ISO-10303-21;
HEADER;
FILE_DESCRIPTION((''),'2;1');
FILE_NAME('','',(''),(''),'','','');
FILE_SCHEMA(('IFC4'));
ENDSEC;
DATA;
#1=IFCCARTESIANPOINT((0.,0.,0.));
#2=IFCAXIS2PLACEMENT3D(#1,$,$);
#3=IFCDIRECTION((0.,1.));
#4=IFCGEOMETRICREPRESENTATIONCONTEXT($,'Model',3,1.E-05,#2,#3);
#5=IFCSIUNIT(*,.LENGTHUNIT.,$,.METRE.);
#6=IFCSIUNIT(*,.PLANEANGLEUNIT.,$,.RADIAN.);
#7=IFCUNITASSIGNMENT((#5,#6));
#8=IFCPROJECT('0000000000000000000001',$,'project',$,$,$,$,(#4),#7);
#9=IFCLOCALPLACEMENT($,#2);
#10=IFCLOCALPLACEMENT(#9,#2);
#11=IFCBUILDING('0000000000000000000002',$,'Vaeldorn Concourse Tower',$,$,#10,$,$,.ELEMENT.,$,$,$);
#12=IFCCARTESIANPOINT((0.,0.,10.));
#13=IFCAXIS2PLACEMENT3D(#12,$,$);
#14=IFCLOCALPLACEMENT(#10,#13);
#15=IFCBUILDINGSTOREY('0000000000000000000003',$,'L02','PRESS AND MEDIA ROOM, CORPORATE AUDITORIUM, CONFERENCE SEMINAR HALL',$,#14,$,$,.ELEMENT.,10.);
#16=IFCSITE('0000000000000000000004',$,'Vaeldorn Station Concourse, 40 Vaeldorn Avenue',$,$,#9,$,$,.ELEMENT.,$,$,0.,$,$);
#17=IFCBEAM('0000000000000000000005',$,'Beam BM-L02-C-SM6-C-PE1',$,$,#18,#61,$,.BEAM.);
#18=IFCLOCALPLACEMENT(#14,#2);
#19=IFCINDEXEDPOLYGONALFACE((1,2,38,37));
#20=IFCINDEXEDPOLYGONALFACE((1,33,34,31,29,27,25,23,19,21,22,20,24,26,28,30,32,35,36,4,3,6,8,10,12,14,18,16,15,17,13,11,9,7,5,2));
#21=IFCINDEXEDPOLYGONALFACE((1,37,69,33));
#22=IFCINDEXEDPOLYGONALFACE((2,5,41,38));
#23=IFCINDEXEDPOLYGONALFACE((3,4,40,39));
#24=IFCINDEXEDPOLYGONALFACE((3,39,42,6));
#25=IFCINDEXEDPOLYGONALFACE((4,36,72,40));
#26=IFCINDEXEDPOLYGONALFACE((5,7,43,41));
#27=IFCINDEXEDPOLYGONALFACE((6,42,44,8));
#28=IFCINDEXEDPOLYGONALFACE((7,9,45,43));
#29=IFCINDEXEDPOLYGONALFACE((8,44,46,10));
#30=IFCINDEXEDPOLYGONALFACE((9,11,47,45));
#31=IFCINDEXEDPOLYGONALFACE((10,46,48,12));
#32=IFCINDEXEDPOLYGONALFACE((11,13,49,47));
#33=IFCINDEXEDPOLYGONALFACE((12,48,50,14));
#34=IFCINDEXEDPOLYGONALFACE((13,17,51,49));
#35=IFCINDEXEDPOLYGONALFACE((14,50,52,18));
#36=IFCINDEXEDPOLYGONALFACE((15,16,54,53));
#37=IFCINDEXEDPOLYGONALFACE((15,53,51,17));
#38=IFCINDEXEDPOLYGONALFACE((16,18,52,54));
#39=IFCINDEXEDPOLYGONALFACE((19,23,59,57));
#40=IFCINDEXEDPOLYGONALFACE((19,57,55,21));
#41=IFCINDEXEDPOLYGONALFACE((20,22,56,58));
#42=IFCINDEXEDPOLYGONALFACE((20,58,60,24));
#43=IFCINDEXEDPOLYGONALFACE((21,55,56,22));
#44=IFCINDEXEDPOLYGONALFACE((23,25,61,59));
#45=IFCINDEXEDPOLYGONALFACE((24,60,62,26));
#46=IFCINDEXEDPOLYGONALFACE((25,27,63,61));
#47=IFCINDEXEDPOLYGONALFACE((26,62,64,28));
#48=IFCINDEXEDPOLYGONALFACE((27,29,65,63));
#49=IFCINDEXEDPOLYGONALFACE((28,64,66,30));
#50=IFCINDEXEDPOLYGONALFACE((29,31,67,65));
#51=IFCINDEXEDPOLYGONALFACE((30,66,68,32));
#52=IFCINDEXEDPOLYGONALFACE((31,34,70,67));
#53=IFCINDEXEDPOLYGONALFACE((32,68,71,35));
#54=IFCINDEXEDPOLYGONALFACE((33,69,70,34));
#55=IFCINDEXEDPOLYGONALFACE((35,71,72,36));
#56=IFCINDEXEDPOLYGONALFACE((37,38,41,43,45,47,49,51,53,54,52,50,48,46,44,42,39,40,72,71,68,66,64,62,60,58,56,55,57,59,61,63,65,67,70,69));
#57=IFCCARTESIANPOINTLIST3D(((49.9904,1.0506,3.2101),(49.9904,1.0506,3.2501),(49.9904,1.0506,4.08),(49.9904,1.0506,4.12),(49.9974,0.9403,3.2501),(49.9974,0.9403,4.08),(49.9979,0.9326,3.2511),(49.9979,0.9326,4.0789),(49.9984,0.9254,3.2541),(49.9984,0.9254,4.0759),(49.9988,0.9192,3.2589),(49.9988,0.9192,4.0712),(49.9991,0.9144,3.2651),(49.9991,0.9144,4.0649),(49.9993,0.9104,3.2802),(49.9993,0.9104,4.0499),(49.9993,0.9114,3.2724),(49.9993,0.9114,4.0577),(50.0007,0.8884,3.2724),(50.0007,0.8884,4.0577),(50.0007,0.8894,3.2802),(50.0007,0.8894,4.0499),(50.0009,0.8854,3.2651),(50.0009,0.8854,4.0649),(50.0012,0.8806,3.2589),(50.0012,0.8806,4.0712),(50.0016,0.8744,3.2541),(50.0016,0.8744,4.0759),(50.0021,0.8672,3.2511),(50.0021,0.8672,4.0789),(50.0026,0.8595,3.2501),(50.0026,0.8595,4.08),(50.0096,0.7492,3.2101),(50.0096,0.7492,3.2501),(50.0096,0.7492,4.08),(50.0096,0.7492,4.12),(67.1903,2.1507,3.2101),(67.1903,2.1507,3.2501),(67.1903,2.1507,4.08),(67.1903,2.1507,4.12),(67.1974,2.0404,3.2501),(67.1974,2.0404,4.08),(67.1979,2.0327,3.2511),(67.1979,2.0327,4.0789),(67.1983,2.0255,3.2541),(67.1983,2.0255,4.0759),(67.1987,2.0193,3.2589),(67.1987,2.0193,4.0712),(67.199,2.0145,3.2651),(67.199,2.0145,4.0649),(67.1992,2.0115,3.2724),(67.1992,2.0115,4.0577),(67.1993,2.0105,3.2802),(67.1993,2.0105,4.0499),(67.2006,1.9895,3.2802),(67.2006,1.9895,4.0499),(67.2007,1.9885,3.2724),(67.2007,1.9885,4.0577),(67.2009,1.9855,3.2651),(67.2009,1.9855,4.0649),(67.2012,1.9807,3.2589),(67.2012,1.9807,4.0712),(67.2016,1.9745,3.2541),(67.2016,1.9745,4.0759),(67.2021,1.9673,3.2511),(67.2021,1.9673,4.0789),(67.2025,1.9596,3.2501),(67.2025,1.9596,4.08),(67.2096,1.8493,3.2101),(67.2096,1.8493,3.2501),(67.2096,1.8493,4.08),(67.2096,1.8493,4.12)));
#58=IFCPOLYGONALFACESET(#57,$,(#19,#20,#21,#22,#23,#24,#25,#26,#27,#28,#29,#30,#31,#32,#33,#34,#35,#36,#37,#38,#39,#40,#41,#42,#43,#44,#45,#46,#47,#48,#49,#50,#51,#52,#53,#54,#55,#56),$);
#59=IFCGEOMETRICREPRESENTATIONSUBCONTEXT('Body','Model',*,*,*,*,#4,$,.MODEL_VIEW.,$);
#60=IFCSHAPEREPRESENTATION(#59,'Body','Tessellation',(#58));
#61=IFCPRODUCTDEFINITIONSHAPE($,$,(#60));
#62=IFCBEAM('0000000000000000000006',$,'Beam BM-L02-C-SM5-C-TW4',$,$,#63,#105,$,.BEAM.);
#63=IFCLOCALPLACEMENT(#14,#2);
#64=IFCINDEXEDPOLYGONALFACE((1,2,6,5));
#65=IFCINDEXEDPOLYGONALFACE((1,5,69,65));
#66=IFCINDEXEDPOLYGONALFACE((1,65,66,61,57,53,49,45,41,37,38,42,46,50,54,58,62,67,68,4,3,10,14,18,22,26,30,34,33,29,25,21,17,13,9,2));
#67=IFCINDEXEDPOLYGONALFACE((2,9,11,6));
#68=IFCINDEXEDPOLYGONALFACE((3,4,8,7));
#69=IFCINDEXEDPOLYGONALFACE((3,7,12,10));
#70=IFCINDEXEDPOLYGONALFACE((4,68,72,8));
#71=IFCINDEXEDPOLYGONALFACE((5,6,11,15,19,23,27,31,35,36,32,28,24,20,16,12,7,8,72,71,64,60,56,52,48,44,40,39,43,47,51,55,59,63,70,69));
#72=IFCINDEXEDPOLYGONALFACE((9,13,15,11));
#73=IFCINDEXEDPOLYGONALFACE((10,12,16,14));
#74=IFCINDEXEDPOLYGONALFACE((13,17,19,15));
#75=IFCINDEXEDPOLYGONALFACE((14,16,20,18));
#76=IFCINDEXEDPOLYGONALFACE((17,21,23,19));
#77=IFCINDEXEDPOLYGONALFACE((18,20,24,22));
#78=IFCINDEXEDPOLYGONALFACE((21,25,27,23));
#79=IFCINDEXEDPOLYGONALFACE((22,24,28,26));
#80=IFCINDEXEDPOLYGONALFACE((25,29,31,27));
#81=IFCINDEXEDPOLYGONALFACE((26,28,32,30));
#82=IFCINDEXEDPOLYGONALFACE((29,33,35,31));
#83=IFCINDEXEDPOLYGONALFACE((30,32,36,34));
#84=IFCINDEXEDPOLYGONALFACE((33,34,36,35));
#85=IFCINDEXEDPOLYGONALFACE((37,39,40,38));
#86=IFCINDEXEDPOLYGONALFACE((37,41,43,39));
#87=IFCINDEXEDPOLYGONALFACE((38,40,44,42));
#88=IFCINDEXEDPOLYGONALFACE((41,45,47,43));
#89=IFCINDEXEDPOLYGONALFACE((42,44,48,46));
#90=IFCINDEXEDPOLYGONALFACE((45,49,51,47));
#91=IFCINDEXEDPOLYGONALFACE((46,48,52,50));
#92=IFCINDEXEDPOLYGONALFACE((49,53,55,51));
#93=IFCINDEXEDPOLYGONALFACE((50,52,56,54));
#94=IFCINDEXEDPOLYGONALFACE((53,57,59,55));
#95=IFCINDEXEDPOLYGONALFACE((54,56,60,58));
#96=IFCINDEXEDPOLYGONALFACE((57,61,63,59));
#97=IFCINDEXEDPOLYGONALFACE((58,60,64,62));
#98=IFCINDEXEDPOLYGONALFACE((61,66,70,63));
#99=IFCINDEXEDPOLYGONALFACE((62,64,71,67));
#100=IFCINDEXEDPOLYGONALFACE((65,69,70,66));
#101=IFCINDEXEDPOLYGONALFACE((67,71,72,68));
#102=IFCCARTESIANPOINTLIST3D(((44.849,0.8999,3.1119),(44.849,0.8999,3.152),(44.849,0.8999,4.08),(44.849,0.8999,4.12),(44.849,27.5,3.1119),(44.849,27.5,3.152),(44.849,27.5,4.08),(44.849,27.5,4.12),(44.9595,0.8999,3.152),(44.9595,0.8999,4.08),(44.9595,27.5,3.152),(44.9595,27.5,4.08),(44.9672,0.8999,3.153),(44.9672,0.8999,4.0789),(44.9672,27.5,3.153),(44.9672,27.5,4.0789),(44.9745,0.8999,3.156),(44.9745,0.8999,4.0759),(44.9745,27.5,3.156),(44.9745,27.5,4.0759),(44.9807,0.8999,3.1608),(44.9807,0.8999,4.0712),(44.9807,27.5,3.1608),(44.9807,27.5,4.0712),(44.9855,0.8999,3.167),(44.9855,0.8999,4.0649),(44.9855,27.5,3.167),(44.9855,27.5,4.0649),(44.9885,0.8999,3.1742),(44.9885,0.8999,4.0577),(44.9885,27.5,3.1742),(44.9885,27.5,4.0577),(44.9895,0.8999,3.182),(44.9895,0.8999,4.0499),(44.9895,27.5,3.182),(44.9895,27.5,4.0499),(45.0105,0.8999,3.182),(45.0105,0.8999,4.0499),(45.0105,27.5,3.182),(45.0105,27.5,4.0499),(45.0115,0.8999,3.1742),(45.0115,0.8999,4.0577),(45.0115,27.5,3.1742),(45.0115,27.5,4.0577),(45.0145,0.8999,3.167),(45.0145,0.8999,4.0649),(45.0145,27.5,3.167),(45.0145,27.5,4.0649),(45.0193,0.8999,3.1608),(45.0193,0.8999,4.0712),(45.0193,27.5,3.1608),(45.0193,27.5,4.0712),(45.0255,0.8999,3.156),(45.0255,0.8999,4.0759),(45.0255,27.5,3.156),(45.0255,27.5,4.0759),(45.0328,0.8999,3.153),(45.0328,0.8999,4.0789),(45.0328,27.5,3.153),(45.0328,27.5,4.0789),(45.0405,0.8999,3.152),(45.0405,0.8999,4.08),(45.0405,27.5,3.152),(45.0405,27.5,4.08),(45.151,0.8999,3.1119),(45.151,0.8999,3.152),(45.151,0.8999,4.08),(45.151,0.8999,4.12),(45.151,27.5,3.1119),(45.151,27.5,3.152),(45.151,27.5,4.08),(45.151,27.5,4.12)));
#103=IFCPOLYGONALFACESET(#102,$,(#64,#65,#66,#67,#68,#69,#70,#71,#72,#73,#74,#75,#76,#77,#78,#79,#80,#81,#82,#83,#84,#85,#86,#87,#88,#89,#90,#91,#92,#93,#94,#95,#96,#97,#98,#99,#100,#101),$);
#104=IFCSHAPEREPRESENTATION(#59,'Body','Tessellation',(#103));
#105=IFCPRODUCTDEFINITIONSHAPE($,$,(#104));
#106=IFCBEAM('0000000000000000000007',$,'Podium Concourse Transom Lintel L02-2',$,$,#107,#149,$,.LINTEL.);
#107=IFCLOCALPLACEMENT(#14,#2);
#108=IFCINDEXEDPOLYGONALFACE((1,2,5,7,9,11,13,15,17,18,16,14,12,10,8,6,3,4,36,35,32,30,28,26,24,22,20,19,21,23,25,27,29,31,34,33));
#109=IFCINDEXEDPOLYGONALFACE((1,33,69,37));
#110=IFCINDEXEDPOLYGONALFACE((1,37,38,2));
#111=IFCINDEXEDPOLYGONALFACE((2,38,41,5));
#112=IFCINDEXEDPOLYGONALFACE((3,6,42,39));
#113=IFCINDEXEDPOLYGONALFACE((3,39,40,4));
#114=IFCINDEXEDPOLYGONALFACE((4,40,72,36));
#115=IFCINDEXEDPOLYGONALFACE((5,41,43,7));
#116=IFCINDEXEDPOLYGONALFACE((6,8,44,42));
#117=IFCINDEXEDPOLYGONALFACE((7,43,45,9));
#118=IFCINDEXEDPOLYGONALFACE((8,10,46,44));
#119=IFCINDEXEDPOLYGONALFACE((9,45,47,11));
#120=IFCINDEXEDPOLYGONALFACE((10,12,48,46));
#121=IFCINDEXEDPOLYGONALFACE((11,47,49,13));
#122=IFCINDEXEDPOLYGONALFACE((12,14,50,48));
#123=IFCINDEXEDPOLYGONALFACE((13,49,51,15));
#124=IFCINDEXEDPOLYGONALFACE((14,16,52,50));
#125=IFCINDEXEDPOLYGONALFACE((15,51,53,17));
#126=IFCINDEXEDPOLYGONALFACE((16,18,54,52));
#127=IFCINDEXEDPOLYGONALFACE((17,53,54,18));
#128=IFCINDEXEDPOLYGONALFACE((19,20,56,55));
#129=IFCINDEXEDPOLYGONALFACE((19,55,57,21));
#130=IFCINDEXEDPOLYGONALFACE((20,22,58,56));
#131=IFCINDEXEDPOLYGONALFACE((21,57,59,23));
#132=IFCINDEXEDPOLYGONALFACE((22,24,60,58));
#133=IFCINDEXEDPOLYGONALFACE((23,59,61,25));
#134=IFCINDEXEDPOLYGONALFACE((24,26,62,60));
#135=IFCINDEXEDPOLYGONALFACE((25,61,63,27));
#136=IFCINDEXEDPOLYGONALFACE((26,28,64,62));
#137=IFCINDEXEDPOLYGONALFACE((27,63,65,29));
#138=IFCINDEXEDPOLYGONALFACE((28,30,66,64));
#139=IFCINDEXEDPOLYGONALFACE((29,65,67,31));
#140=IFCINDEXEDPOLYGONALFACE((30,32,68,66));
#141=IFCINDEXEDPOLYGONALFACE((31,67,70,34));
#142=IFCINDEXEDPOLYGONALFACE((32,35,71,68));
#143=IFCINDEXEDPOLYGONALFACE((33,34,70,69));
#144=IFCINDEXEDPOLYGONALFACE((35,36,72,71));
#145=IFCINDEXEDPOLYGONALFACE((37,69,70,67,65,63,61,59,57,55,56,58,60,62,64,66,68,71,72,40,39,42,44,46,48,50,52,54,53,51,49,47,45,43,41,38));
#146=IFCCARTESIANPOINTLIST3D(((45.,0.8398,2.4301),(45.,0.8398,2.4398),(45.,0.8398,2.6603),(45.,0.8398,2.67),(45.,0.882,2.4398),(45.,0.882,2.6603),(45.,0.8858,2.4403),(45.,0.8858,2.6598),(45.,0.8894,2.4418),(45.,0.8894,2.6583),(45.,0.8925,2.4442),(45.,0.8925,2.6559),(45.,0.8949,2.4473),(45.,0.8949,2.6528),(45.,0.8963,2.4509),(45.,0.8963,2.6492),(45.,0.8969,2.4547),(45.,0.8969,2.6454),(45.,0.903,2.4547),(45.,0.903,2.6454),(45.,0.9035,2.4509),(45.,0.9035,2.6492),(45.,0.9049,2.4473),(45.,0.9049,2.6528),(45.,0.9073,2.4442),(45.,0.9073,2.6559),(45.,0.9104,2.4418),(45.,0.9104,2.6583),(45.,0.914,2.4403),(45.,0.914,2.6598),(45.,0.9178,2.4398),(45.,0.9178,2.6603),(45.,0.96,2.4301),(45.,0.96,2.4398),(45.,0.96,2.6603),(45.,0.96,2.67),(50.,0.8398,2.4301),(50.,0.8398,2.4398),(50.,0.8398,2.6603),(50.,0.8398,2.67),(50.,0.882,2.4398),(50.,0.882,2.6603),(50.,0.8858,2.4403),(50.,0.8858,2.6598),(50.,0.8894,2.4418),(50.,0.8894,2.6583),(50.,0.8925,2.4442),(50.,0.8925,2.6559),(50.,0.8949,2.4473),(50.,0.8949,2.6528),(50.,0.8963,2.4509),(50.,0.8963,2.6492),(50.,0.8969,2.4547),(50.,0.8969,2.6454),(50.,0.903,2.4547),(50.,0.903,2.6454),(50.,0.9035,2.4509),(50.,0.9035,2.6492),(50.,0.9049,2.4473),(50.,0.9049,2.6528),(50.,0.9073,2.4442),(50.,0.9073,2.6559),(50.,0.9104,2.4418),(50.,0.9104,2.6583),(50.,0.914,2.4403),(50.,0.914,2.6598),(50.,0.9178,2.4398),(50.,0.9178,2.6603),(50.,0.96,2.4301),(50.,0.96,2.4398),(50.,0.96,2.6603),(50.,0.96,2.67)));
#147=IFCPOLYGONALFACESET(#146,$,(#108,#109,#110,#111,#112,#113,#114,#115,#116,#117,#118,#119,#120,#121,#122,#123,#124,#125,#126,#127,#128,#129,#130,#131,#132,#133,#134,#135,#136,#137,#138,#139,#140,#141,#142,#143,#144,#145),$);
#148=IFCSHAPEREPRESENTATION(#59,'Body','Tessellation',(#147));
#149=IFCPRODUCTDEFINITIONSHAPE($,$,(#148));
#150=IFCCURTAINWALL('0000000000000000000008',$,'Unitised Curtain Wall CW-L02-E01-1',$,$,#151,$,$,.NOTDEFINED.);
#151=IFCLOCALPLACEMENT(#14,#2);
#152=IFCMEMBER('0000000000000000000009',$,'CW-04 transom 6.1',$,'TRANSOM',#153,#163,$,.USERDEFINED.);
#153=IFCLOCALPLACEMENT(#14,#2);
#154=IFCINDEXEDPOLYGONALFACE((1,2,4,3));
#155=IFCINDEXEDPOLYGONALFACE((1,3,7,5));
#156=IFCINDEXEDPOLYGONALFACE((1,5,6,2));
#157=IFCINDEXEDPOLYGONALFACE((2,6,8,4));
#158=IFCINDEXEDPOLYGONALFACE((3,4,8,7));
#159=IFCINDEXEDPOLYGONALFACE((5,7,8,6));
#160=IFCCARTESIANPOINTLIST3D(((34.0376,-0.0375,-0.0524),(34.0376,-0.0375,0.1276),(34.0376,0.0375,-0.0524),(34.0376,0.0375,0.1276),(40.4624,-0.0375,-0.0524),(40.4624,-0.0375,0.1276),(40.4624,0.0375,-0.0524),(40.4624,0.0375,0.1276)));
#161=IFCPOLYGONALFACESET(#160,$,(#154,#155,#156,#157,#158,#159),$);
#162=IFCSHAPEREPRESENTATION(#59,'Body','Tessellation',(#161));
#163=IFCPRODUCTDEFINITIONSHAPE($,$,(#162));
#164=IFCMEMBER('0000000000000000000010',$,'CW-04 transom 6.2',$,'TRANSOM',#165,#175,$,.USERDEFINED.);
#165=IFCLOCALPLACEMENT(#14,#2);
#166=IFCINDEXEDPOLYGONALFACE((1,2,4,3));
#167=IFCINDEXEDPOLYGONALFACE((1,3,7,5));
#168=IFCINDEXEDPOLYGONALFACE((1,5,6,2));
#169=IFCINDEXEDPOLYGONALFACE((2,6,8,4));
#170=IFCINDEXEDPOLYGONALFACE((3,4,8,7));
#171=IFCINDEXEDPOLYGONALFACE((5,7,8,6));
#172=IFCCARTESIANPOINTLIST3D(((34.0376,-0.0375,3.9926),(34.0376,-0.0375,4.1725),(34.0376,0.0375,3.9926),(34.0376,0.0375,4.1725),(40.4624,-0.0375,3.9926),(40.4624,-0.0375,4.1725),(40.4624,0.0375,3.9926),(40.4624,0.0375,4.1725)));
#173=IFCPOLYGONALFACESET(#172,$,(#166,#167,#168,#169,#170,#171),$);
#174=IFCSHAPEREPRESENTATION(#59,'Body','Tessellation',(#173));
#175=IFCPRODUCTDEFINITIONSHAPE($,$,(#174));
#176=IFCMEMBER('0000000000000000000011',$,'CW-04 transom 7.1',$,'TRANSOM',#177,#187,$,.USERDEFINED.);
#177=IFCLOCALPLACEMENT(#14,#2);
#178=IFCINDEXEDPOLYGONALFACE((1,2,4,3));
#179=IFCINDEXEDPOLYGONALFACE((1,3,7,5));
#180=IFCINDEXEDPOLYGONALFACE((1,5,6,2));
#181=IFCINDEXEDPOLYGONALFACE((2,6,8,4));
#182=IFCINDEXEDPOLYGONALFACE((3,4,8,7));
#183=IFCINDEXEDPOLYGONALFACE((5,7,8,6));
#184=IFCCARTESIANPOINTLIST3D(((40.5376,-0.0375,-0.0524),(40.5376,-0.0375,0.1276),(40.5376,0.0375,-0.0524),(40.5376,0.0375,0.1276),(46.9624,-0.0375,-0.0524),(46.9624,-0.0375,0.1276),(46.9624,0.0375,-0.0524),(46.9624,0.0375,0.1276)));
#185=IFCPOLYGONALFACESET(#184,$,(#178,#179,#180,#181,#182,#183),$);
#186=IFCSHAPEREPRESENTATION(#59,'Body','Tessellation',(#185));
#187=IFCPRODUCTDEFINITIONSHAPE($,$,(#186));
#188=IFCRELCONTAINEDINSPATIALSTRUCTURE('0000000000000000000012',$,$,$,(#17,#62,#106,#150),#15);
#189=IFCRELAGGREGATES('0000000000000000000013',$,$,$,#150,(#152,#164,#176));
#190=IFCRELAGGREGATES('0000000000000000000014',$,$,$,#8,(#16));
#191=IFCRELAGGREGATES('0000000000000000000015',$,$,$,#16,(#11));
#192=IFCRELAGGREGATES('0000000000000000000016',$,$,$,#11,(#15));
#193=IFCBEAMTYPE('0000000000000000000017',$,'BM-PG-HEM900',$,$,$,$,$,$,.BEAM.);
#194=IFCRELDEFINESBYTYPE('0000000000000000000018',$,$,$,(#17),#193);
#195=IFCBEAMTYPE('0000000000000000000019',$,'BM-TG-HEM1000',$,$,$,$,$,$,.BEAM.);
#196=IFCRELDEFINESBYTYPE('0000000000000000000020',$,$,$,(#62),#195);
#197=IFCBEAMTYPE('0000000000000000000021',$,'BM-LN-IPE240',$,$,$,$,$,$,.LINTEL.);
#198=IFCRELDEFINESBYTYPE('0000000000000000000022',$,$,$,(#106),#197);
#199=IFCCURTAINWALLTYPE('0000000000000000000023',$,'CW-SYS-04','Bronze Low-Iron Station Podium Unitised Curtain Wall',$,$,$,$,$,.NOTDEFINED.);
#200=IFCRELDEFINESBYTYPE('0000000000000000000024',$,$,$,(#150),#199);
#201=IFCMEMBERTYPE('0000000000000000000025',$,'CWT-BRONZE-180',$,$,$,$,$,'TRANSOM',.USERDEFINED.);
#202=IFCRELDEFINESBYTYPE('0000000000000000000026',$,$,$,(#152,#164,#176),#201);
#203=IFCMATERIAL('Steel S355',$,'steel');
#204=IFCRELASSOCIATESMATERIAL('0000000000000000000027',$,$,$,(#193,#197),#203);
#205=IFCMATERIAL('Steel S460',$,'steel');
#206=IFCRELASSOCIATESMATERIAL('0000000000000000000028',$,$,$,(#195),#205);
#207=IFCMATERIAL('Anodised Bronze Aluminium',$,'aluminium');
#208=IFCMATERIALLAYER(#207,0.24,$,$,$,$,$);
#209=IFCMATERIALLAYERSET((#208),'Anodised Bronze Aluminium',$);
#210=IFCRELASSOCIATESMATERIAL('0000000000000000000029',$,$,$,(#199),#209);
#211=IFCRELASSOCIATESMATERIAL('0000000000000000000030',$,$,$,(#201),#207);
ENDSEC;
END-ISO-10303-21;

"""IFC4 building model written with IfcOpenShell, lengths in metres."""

from ifc_helpers import new_model, si_unit, direction, frame, origin, origin_2d, place, context, subcontext, project, spatial, rectangle, i_section, extrude, source, transform, mapped, material, layer, layer_set, material_profile, profile_set, type_object, element, aggregate, save


model = new_model("IFC4")

# Units and contexts
model_context = context("Model", 3, precision=1e-05, world=origin(), true_north=direction((0.0, 1.0)))
body_context = subcontext(model_context, "Body", "Model", "MODEL_VIEW")
ifc_project = project(units=[si_unit("LENGTHUNIT", "METRE"), si_unit("PLANEANGLEUNIT", "RADIAN")], contexts=[model_context])

# Site, building, storey
site_placement = place(None, origin())
site = spatial("IfcSite", under=ifc_project, at=site_placement, Name="Vaeldorn Station Concourse, 40 Vaeldorn Avenue", CompositionType="ELEMENT", RefElevation=0.0)
building_placement = place(site_placement, origin())
building = spatial("IfcBuilding", under=site, at=building_placement, Name="Vaeldorn Concourse Tower", CompositionType="ELEMENT")
storey_placement = place(building_placement, frame((0.0, 0.0, 10.0)))
storey = spatial("IfcBuildingStorey", under=building, at=storey_placement, Name="L02", Description="PRESS AND MEDIA ROOM, CORPORATE AUDITORIUM, CONFERENCE SEMINAR HALL", CompositionType="ELEMENT", Elevation=10.0)

# Shared definitions
ifc_material_1 = material(Name="Steel S460", Category="steel")

# Beams
ifc_material_2 = material(Name="Steel S355", Category="steel")
ifc_material_profile_1 = material_profile(ifc_material_2, i_section(OverallWidth=0.302, OverallDepth=0.9099, WebThickness=0.021, FlangeThickness=0.04, FilletRadius=0.03, at=origin_2d()), Name="HEM 900")
ifc_profile_set_1 = profile_set([ifc_material_profile_1], Name="Steel S355")
beam_type_1 = type_object("IfcBeamType", Name="BM-PG-HEM900", PredefinedType="BEAM", material=ifc_profile_set_1)
shared_shape_1 = source(origin(), body_context, "Body", "SweptSolid", [
    extrude(i_section(OverallWidth=0.302, OverallDepth=0.9099, WebThickness=0.021, FlangeThickness=0.04, FilletRadius=0.03, at=origin_2d()), origin(), (0.0, 0.0, 1.0), 17.2351),
])
beam_1_placement = place(storey_placement, frame((50.0, 0.8999, 3.665), z_axis=(0.997961, 0.063829, 0.0), x_axis=(-0.063829, 0.997961, 0.0)))
element("IfcBeam", 1, at=beam_1_placement, inside=storey, type_object=beam_type_1, Name="Beam BM-L02-C-SM6-C-PE1", PredefinedType="BEAM", context=body_context, shape_type="MappedRepresentation", body=[
    mapped(shared_shape_1, transform((0.0, 0.0, 0.0), scale=1.0)),
])
ifc_material_profile_2 = material_profile(ifc_material_1, i_section(OverallWidth=0.302, OverallDepth=1.0081, WebThickness=0.021, FlangeThickness=0.04, FilletRadius=0.03, at=origin_2d()), Name="HEM 1000")
ifc_profile_set_2 = profile_set([ifc_material_profile_2], Name="Steel S460")
beam_type_2 = type_object("IfcBeamType", Name="BM-TG-HEM1000", PredefinedType="BEAM", material=ifc_profile_set_2)
shared_shape_2 = source(origin(), body_context, "Body", "SweptSolid", [
    extrude(i_section(OverallWidth=0.302, OverallDepth=1.0081, WebThickness=0.021, FlangeThickness=0.04, FilletRadius=0.03, at=origin_2d()), origin(), (0.0, 0.0, 1.0), 26.6001),
])
beam_2_placement = place(storey_placement, frame((45.0, 0.8999, 3.616), z_axis=(0.0, 1.0, 0.0), x_axis=(-1.0, 0.0, 0.0)))
element("IfcBeam", 2, at=beam_2_placement, inside=storey, type_object=beam_type_2, Name="Beam BM-L02-C-SM5-C-TW4", PredefinedType="BEAM", context=body_context, shape_type="MappedRepresentation", body=[
    mapped(shared_shape_2, transform((0.0, 0.0, 0.0), scale=1.0)),
])
ifc_material_profile_3 = material_profile(ifc_material_2, i_section(OverallWidth=0.1201, OverallDepth=0.24, WebThickness=0.0061, FlangeThickness=0.0098, FilletRadius=0.0149, at=origin_2d()), Name="IPE 240")
ifc_profile_set_3 = profile_set([ifc_material_profile_3], Name="Steel S355")
beam_type_3 = type_object("IfcBeamType", Name="BM-LN-IPE240", PredefinedType="LINTEL", material=ifc_profile_set_3)
shared_shape_3 = source(origin(), body_context, "Body", "SweptSolid", [
    extrude(i_section(OverallWidth=0.1201, OverallDepth=0.24, WebThickness=0.0061, FlangeThickness=0.0098, FilletRadius=0.0149, at=origin_2d()), origin(), (0.0, 0.0, 1.0), 5.0),
])
beam_3_placement = place(storey_placement, frame((45.0, 0.8999, 2.55), z_axis=(1.0, 0.0, 0.0), x_axis=(0.0, 1.0, 0.0)))
element("IfcBeam", 3, at=beam_3_placement, inside=storey, type_object=beam_type_3, Name="Podium Concourse Transom Lintel L02-2", PredefinedType="LINTEL", context=body_context, shape_type="MappedRepresentation", body=[
    mapped(shared_shape_3, transform((0.0, 0.0, 0.0), scale=1.0)),
])

# Curtain wall, members
ifc_material_3 = material(Name="Anodised Bronze Aluminium", Category="aluminium")
ifc_layer_1 = layer(ifc_material_3, 0.24)
ifc_layer_set_1 = layer_set([ifc_layer_1], Name="Anodised Bronze Aluminium")
curtain_wall_type = type_object("IfcCurtainWallType", Name="CW-SYS-04", Description="Bronze Low-Iron Station Podium Unitised Curtain Wall", PredefinedType="NOTDEFINED", material=ifc_layer_set_1)
curtain_wall_placement = place(storey_placement, origin())
curtain_wall = element("IfcCurtainWall", 4, at=curtain_wall_placement, inside=storey, type_object=curtain_wall_type, Name="Unitised Curtain Wall CW-L02-E01-1", PredefinedType="NOTDEFINED")
ifc_material_profile_4 = material_profile(ifc_material_3, rectangle(XDim=0.075, YDim=0.1799, at=origin_2d()), Name="CWT 75x180")
ifc_profile_set_4 = profile_set([ifc_material_profile_4], Name="Anodised Bronze Aluminium")
member_type_1 = type_object("IfcMemberType", Name="CWT-BRONZE-180", ElementType="TRANSOM", PredefinedType="USERDEFINED", material=ifc_profile_set_4)
shared_shape_4 = source(origin(), body_context, "Body", "SweptSolid", [
    extrude(rectangle(XDim=0.075, YDim=0.1799, at=origin_2d()), origin(), (0.0, 0.0, 1.0), 6.4248),
])
member_1_placement = place(storey_placement, frame((34.0376, 0.0, 0.0376), z_axis=(1.0, 0.0, 0.0), x_axis=(0.0, 1.0, 0.0)))
member_1 = element("IfcMember", 5, at=member_1_placement, type_object=member_type_1, Name="CW-04 transom 6.1", ObjectType="TRANSOM", PredefinedType="USERDEFINED", context=body_context, shape_type="MappedRepresentation", body=[
    mapped(shared_shape_4, transform((0.0, 0.0, 0.0), scale=1.0)),
])
member_2_placement = place(storey_placement, frame((34.0376, 0.0, 4.0825), z_axis=(1.0, 0.0, 0.0), x_axis=(0.0, 1.0, 0.0)))
member_2 = element("IfcMember", 6, at=member_2_placement, type_object=member_type_1, Name="CW-04 transom 6.2", ObjectType="TRANSOM", PredefinedType="USERDEFINED", context=body_context, shape_type="MappedRepresentation", body=[
    mapped(shared_shape_4, transform((0.0, 0.0, 0.0), scale=1.0)),
])
member_3_placement = place(storey_placement, frame((40.5376, 0.0, 0.0376), z_axis=(1.0, 0.0, 0.0), x_axis=(0.0, 1.0, 0.0)))
member_3 = element("IfcMember", 7, at=member_3_placement, type_object=member_type_1, Name="CW-04 transom 7.1", ObjectType="TRANSOM", PredefinedType="USERDEFINED", context=body_context, shape_type="MappedRepresentation", body=[
    mapped(shared_shape_4, transform((0.0, 0.0, 0.0), scale=1.0)),
])
aggregate(curtain_wall, [member_1, member_2, member_3])

save(model, "model.ifc")
